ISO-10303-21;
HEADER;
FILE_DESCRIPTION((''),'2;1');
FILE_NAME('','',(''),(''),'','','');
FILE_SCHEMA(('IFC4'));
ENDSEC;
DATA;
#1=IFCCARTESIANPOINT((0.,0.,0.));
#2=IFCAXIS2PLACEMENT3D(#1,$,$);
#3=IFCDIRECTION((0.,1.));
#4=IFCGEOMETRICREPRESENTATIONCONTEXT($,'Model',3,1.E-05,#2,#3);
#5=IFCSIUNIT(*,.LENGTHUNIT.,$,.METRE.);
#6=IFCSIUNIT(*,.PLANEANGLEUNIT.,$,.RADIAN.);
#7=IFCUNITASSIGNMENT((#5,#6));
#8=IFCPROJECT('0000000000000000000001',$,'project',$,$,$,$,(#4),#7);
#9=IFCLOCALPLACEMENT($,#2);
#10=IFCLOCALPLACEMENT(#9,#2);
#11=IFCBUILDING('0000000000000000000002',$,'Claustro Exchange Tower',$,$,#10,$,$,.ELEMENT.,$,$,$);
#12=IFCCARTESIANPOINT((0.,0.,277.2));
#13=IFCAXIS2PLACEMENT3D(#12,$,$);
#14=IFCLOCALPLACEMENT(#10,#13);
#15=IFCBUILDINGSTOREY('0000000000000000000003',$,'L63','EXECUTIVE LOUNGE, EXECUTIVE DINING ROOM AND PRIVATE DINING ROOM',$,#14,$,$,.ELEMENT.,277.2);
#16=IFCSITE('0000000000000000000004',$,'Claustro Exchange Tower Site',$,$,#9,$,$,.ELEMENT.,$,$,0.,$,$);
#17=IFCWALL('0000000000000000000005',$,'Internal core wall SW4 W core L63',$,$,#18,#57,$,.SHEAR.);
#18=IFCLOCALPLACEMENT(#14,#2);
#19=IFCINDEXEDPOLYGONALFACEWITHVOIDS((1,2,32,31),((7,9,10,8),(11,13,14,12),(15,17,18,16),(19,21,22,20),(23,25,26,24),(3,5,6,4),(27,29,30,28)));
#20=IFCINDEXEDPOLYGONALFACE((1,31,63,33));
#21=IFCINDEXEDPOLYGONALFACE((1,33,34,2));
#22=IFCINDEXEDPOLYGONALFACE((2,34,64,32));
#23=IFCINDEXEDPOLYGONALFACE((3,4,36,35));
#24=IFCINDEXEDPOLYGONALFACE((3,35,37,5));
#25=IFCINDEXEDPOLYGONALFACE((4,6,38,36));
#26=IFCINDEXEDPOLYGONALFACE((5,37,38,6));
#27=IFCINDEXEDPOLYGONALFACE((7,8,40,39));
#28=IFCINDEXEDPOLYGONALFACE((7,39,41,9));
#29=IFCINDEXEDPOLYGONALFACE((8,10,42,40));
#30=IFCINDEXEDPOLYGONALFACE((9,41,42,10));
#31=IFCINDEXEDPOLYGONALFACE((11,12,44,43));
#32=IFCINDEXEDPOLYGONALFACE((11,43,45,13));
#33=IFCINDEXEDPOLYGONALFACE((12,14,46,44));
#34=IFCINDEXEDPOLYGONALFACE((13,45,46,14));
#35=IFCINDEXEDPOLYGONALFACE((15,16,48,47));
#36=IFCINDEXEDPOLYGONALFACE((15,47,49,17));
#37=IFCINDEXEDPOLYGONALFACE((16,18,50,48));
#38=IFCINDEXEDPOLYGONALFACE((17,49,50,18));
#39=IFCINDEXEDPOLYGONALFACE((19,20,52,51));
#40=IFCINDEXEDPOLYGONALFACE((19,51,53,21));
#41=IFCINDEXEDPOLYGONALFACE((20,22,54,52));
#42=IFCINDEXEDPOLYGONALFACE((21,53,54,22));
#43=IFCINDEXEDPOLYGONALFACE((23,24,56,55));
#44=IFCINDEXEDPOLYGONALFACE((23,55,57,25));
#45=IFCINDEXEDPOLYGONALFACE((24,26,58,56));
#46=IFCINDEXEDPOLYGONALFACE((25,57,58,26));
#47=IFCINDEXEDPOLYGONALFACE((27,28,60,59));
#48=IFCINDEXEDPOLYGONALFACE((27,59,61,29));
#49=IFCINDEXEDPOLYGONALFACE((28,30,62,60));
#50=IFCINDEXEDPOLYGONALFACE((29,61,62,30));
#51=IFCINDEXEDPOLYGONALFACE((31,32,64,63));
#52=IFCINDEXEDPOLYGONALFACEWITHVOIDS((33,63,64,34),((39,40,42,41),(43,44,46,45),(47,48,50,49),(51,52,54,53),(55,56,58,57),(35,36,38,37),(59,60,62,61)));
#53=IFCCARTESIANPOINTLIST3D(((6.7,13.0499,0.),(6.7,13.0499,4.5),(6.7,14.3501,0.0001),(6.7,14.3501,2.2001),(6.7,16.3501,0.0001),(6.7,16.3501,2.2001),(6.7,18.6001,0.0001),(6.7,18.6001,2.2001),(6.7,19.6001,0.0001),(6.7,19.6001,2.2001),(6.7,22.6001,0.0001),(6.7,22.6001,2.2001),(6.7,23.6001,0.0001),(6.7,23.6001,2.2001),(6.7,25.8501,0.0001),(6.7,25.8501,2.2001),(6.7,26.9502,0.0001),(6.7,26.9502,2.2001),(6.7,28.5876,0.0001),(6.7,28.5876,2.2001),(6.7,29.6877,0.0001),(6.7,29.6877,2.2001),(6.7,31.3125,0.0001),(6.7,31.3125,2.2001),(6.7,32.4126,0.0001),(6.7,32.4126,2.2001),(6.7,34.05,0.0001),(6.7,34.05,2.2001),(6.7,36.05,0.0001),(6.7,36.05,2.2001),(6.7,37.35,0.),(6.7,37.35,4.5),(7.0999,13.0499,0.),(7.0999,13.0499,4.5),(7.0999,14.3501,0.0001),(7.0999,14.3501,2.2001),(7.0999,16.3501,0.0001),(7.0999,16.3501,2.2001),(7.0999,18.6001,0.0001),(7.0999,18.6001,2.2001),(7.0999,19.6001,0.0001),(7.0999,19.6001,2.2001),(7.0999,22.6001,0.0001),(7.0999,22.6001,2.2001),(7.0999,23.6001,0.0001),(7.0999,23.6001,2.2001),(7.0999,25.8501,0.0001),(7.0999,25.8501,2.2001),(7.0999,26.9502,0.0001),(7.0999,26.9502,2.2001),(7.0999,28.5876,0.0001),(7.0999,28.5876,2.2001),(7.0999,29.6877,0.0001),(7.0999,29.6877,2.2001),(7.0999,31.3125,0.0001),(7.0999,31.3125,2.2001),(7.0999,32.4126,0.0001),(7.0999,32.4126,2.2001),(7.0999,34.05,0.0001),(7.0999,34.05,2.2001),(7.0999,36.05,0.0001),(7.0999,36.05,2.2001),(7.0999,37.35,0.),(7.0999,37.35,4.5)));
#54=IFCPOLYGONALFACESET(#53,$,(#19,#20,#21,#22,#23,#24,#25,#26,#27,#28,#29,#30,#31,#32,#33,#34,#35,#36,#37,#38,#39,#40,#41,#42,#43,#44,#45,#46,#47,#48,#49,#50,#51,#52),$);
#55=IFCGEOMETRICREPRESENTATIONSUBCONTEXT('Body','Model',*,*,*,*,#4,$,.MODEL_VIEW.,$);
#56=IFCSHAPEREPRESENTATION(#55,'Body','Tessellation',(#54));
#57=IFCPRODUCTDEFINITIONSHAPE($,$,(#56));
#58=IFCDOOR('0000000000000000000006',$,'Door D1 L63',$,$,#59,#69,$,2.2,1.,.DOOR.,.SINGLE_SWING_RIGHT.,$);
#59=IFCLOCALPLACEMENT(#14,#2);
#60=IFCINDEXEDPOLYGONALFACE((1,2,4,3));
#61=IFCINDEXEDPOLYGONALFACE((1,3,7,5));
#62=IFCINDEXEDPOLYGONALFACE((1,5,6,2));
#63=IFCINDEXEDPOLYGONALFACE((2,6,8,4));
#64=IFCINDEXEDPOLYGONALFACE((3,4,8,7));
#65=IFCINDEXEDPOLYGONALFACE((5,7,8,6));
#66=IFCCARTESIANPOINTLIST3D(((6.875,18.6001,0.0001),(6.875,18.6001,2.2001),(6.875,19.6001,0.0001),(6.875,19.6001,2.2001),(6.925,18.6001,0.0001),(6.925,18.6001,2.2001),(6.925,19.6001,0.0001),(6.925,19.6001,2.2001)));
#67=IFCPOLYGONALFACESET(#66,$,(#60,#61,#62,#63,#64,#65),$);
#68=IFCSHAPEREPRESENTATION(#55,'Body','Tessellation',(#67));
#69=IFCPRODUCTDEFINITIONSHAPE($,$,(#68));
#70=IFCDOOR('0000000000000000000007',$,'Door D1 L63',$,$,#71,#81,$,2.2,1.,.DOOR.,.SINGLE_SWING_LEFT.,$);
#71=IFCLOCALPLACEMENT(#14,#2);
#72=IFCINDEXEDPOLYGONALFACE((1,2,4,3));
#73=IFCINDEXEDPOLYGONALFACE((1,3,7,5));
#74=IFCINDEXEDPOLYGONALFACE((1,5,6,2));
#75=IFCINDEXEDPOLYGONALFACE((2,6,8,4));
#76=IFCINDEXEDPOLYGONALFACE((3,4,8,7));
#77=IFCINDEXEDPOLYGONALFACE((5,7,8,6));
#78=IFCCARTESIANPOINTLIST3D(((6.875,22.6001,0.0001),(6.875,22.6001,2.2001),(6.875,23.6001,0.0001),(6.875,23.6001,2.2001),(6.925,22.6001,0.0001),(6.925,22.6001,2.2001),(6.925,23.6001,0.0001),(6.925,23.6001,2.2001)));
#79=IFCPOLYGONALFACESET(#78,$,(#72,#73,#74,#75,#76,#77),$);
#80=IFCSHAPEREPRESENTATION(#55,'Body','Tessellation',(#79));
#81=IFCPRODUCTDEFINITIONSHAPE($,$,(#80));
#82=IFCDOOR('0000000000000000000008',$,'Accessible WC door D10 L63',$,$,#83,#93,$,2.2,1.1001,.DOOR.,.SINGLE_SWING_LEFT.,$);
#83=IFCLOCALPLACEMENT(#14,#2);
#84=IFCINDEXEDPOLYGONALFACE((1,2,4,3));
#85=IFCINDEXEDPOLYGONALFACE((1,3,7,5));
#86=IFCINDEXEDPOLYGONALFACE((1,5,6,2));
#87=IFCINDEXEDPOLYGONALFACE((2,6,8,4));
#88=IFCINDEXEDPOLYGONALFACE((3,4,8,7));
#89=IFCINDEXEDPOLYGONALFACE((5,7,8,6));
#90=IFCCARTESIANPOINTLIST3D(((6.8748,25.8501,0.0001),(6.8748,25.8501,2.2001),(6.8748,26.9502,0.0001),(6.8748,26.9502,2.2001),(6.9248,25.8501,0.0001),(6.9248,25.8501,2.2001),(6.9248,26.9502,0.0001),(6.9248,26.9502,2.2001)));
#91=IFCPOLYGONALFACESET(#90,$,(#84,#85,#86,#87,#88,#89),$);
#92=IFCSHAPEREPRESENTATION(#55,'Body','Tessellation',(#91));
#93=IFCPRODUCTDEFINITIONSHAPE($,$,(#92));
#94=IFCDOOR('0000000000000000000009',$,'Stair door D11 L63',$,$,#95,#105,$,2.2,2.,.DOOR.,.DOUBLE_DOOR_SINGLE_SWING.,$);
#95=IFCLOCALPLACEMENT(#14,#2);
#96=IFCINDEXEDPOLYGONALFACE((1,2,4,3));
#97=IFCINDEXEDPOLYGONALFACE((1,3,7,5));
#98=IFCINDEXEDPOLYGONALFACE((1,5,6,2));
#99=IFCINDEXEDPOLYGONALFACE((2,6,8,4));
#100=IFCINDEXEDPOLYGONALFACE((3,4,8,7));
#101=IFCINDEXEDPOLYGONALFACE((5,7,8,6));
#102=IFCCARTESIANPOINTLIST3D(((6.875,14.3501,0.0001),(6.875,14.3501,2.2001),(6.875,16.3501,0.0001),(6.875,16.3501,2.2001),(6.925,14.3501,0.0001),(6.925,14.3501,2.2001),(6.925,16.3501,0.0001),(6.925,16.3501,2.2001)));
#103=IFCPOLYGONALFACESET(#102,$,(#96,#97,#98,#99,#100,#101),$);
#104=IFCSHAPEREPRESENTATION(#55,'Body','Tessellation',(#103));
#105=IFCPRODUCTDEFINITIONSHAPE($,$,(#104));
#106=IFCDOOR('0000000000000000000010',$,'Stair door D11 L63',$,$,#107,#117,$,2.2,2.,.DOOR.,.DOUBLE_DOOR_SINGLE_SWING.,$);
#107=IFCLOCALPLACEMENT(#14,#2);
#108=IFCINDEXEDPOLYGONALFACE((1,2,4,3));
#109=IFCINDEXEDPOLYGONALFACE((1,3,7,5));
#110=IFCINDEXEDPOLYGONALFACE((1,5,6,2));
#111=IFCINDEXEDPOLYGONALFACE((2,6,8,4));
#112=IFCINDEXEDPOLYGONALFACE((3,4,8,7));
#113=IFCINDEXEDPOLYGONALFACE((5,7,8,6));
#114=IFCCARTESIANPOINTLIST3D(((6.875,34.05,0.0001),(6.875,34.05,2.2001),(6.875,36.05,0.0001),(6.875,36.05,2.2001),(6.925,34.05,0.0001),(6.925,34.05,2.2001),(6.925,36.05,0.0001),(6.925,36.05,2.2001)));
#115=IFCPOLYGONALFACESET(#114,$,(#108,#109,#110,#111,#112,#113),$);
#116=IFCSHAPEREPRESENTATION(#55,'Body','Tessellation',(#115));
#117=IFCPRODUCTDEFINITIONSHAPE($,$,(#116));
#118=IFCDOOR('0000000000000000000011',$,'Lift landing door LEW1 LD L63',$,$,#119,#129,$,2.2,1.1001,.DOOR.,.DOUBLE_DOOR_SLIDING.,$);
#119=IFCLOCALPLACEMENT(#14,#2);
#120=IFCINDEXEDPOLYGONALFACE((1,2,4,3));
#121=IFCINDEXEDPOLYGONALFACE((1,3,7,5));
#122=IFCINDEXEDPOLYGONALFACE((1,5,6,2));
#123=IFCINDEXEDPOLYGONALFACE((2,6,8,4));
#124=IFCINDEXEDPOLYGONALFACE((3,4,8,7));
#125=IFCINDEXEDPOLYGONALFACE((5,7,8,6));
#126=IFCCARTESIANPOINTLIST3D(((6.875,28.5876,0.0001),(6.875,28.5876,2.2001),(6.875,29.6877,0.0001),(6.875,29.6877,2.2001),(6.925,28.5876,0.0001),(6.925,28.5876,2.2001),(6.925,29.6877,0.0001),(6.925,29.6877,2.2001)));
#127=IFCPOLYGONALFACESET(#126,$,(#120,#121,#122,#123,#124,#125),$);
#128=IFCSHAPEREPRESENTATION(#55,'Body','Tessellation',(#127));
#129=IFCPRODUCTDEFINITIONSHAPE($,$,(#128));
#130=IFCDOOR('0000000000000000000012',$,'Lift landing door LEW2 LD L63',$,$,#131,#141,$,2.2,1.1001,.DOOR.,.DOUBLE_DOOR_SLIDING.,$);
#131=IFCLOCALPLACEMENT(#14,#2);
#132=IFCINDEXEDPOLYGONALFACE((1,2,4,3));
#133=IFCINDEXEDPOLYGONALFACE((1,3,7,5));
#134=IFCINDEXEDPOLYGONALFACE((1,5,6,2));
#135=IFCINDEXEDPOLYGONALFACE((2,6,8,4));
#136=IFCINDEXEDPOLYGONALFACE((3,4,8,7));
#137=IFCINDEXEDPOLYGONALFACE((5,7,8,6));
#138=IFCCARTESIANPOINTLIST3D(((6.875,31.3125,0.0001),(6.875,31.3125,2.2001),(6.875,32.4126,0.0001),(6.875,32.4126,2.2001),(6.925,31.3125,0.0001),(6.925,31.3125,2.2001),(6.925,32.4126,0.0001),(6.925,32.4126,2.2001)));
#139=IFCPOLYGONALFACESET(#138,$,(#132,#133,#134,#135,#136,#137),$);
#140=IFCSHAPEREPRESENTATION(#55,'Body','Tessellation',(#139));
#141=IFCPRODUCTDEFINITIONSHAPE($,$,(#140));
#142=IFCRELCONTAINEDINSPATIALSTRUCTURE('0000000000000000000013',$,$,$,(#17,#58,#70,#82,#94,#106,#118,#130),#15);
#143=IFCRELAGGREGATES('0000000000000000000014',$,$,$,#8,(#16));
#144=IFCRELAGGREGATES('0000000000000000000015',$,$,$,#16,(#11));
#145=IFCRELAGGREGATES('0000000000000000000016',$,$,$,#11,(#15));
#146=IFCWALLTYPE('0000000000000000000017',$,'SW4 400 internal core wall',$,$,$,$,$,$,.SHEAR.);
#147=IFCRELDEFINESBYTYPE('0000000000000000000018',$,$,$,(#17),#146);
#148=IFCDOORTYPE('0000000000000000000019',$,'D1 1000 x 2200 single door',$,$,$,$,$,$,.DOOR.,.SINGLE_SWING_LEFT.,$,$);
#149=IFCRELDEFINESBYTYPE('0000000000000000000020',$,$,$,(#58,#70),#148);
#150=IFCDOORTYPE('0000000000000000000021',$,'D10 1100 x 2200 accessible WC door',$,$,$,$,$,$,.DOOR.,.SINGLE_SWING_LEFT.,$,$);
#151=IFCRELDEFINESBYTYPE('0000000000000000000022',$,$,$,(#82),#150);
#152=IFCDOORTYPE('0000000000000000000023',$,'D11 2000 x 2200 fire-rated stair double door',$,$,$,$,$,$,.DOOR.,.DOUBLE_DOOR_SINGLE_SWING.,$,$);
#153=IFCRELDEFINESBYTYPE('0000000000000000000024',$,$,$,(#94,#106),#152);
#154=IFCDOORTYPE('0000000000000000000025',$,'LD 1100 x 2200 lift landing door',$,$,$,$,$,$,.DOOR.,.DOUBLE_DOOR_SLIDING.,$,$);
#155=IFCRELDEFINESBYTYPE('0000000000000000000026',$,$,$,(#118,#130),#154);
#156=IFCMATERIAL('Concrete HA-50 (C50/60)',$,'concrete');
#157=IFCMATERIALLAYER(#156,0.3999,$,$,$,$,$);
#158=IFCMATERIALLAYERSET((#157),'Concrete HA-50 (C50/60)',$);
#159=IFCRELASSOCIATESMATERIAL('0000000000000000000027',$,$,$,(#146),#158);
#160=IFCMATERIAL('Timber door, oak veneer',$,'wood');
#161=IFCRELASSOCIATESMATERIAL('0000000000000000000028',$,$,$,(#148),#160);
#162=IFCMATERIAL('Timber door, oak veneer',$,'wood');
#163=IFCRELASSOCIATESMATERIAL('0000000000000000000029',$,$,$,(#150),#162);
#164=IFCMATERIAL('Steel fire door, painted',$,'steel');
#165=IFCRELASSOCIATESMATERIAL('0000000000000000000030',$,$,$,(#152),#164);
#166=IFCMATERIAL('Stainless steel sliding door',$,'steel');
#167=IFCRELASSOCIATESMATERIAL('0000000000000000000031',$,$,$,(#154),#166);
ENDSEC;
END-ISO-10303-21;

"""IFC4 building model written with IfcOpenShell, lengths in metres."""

from ifc_helpers import new_model, si_unit, direction, frame, frame_2d, origin, place, context, subcontext, project, spatial, rectangle, extrude, material, layer, layer_set, type_object, element, fill, save


model = new_model("IFC4")

# Units and contexts
model_context = context("Model", 3, precision=1e-05, world=origin(), true_north=direction((0.0, 1.0)))
body_context = subcontext(model_context, "Body", "Model", "MODEL_VIEW")
ifc_project = project(units=[si_unit("LENGTHUNIT", "METRE"), si_unit("PLANEANGLEUNIT", "RADIAN")], contexts=[model_context])

# Site, building, storey
site_placement = place(None, origin())
site = spatial("IfcSite", under=ifc_project, at=site_placement, Name="Claustro Exchange Tower Site", CompositionType="ELEMENT", RefElevation=0.0)
building_placement = place(site_placement, origin())
building = spatial("IfcBuilding", under=site, at=building_placement, Name="Claustro Exchange Tower", CompositionType="ELEMENT")
storey_placement = place(building_placement, frame((0.0, 0.0, 277.2)))
storey = spatial("IfcBuildingStorey", under=building, at=storey_placement, Name="L63", Description="EXECUTIVE LOUNGE, EXECUTIVE DINING ROOM AND PRIVATE DINING ROOM", CompositionType="ELEMENT", Elevation=277.2)

# Wall, openings, doors
ifc_material_1 = material(Name="Concrete HA-50 (C50/60)", Category="concrete")
ifc_layer_1 = layer(ifc_material_1, 0.3999)
ifc_layer_set_1 = layer_set([ifc_layer_1], Name="Concrete HA-50 (C50/60)")
wall_type_1 = type_object("IfcWallType", Name="SW4 400 internal core wall", PredefinedType="SHEAR", material=ifc_layer_set_1)
wall_1_placement = place(storey_placement, frame((6.8999, 13.05, 0.0), z_axis=(0.0, 0.0, 1.0), x_axis=(0.0, 1.0, 0.0)))
wall_1 = element("IfcWall", 1, at=wall_1_placement, inside=storey, type_object=wall_type_1, Name="Internal core wall SW4 W core L63", PredefinedType="SHEAR", context=body_context, shape_type="SweptSolid", body=[
    extrude(rectangle(XDim=24.3, YDim=0.3999, at=frame_2d((12.1499, 0.0))), origin(), (0.0, 0.0, 1.0), 4.5),
])
opening_1_placement = place(wall_1_placement, frame((1.3, 0.0, 0.0)))
opening_1 = element("IfcOpeningElement", 2, at=opening_1_placement, cuts=wall_1, PredefinedType="OPENING", context=body_context, shape_type="SweptSolid", body=[
    extrude(rectangle(XDim=2.0, YDim=2.2, at=frame_2d((1.0, 1.1001))), frame((0.0, 0.21, 0.0), z_axis=(0.0, -1.0, 0.0), x_axis=(1.0, 0.0, 0.0)), (0.0, 0.0, 1.0), 0.4199),
])
opening_2_placement = place(wall_1_placement, frame((21.0, 0.0, 0.0)))
opening_2 = element("IfcOpeningElement", 3, at=opening_2_placement, cuts=wall_1, PredefinedType="OPENING", context=body_context, shape_type="SweptSolid", body=[
    extrude(rectangle(XDim=2.0, YDim=2.2, at=frame_2d((1.0, 1.1001))), frame((0.0, 0.21, 0.0), z_axis=(0.0, -1.0, 0.0), x_axis=(1.0, 0.0, 0.0)), (0.0, 0.0, 1.0), 0.4199),
])
opening_3_placement = place(wall_1_placement, frame((5.55, 0.0, 0.0)))
opening_3 = element("IfcOpeningElement", 4, at=opening_3_placement, cuts=wall_1, PredefinedType="OPENING", context=body_context, shape_type="SweptSolid", body=[
    extrude(rectangle(XDim=1.0, YDim=2.2, at=frame_2d((0.5, 1.1001))), frame((0.0, 0.21, 0.0), z_axis=(0.0, -1.0, 0.0), x_axis=(1.0, 0.0, 0.0)), (0.0, 0.0, 1.0), 0.4199),
])
opening_4_placement = place(wall_1_placement, frame((9.55, 0.0, 0.0)))
opening_4 = element("IfcOpeningElement", 5, at=opening_4_placement, cuts=wall_1, PredefinedType="OPENING", context=body_context, shape_type="SweptSolid", body=[
    extrude(rectangle(XDim=1.0, YDim=2.2, at=frame_2d((0.5, 1.1001))), frame((0.0, 0.21, 0.0), z_axis=(0.0, -1.0, 0.0), x_axis=(1.0, 0.0, 0.0)), (0.0, 0.0, 1.0), 0.4199),
])
opening_5_placement = place(wall_1_placement, frame((12.8, 0.0, 0.0)))
opening_5 = element("IfcOpeningElement", 6, at=opening_5_placement, cuts=wall_1, PredefinedType="OPENING", context=body_context, shape_type="SweptSolid", body=[
    extrude(rectangle(XDim=1.1001, YDim=2.2, at=frame_2d((0.55, 1.1001))), frame((0.0, 0.21, 0.0), z_axis=(0.0, -1.0, 0.0), x_axis=(1.0, 0.0, 0.0)), (0.0, 0.0, 1.0), 0.4199),
])
opening_6_placement = place(wall_1_placement, frame((15.5376, 0.0, 0.0)))
opening_6 = element("IfcOpeningElement", 7, at=opening_6_placement, cuts=wall_1, PredefinedType="OPENING", context=body_context, shape_type="SweptSolid", body=[
    extrude(rectangle(XDim=1.1001, YDim=2.2, at=frame_2d((0.55, 1.1001))), frame((0.0, 0.21, 0.0), z_axis=(0.0, -1.0, 0.0), x_axis=(1.0, 0.0, 0.0)), (0.0, 0.0, 1.0), 0.4199),
])
opening_7_placement = place(wall_1_placement, frame((18.2625, 0.0, 0.0)))
opening_7 = element("IfcOpeningElement", 8, at=opening_7_placement, cuts=wall_1, PredefinedType="OPENING", context=body_context, shape_type="SweptSolid", body=[
    extrude(rectangle(XDim=1.1001, YDim=2.2, at=frame_2d((0.55, 1.1001))), frame((0.0, 0.21, 0.0), z_axis=(0.0, -1.0, 0.0), x_axis=(1.0, 0.0, 0.0)), (0.0, 0.0, 1.0), 0.4199),
])
ifc_material_2 = material(Name="Timber door, oak veneer", Category="wood")
door_type_1 = type_object("IfcDoorType", Name="D1 1000 x 2200 single door", OperationType="SINGLE_SWING_LEFT", PredefinedType="DOOR", material=ifc_material_2)
door_1_placement = place(opening_3_placement, origin())
door_1 = element("IfcDoor", 9, at=door_1_placement, inside=storey, type_object=door_type_1, Name="Door D1 L63", OperationType="SINGLE_SWING_RIGHT", OverallHeight=2.2, OverallWidth=1.0, PredefinedType="DOOR", context=body_context, shape_type="SweptSolid", body=[
    extrude(rectangle(XDim=1.0, YDim=2.2, at=frame_2d((0.5, 1.1001))), frame((0.0, 0.0249, 0.0), z_axis=(0.0, -1.0, 0.0), x_axis=(1.0, 0.0, 0.0)), (0.0, 0.0, 1.0), 0.05),
])
fill(opening_3, door_1)
door_2_placement = place(opening_4_placement, origin())
door_2 = element("IfcDoor", 10, at=door_2_placement, inside=storey, type_object=door_type_1, Name="Door D1 L63", OperationType="SINGLE_SWING_LEFT", OverallHeight=2.2, OverallWidth=1.0, PredefinedType="DOOR", context=body_context, shape_type="SweptSolid", body=[
    extrude(rectangle(XDim=1.0, YDim=2.2, at=frame_2d((0.5, 1.1001))), frame((0.0, 0.0249, 0.0), z_axis=(0.0, -1.0, 0.0), x_axis=(1.0, 0.0, 0.0)), (0.0, 0.0, 1.0), 0.05),
])
fill(opening_4, door_2)
ifc_material_3 = material(Name="Timber door, oak veneer", Category="wood")
door_type_2 = type_object("IfcDoorType", Name="D10 1100 x 2200 accessible WC door", OperationType="SINGLE_SWING_LEFT", PredefinedType="DOOR", material=ifc_material_3)
door_3_placement = place(opening_5_placement, frame((1.1001, 0.0, 0.0), z_axis=(0.0, 0.0, 1.0), x_axis=(-1.0, 0.0, 0.0)))
door_3 = element("IfcDoor", 11, at=door_3_placement, inside=storey, type_object=door_type_2, Name="Accessible WC door D10 L63", OperationType="SINGLE_SWING_LEFT", OverallHeight=2.2, OverallWidth=1.1001, PredefinedType="DOOR", context=body_context, shape_type="SweptSolid", body=[
    extrude(rectangle(XDim=1.1001, YDim=2.2, at=frame_2d((0.55, 1.1001))), frame((0.0, 0.0249, 0.0), z_axis=(0.0, -1.0, 0.0), x_axis=(1.0, 0.0, 0.0)), (0.0, 0.0, 1.0), 0.05),
])
fill(opening_5, door_3)
ifc_material_4 = material(Name="Steel fire door, painted", Category="steel")
door_type_3 = type_object("IfcDoorType", Name="D11 2000 x 2200 fire-rated stair double door", OperationType="DOUBLE_DOOR_SINGLE_SWING", PredefinedType="DOOR", material=ifc_material_4)
door_4_placement = place(opening_1_placement, origin())
door_4 = element("IfcDoor", 12, at=door_4_placement, inside=storey, type_object=door_type_3, Name="Stair door D11 L63", OperationType="DOUBLE_DOOR_SINGLE_SWING", OverallHeight=2.2, OverallWidth=2.0, PredefinedType="DOOR", context=body_context, shape_type="SweptSolid", body=[
    extrude(rectangle(XDim=2.0, YDim=2.2, at=frame_2d((1.0, 1.1001))), frame((0.0, 0.0249, 0.0), z_axis=(0.0, -1.0, 0.0), x_axis=(1.0, 0.0, 0.0)), (0.0, 0.0, 1.0), 0.05),
])
fill(opening_1, door_4)
door_5_placement = place(opening_2_placement, origin())
door_5 = element("IfcDoor", 13, at=door_5_placement, inside=storey, type_object=door_type_3, Name="Stair door D11 L63", OperationType="DOUBLE_DOOR_SINGLE_SWING", OverallHeight=2.2, OverallWidth=2.0, PredefinedType="DOOR", context=body_context, shape_type="SweptSolid", body=[
    extrude(rectangle(XDim=2.0, YDim=2.2, at=frame_2d((1.0, 1.1001))), frame((0.0, 0.0249, 0.0), z_axis=(0.0, -1.0, 0.0), x_axis=(1.0, 0.0, 0.0)), (0.0, 0.0, 1.0), 0.05),
])
fill(opening_2, door_5)
ifc_material_5 = material(Name="Stainless steel sliding door", Category="steel")
door_type_4 = type_object("IfcDoorType", Name="LD 1100 x 2200 lift landing door", OperationType="DOUBLE_DOOR_SLIDING", PredefinedType="DOOR", material=ifc_material_5)
door_6_placement = place(opening_6_placement, origin())
door_6 = element("IfcDoor", 14, at=door_6_placement, inside=storey, type_object=door_type_4, Name="Lift landing door LEW1 LD L63", OperationType="DOUBLE_DOOR_SLIDING", OverallHeight=2.2, OverallWidth=1.1001, PredefinedType="DOOR", context=body_context, shape_type="SweptSolid", body=[
    extrude(rectangle(XDim=1.1001, YDim=2.2, at=frame_2d((0.55, 1.1001))), frame((0.0, 0.0249, 0.0), z_axis=(0.0, -1.0, 0.0), x_axis=(1.0, 0.0, 0.0)), (0.0, 0.0, 1.0), 0.05),
])
fill(opening_6, door_6)
door_7_placement = place(opening_7_placement, origin())
door_7 = element("IfcDoor", 15, at=door_7_placement, inside=storey, type_object=door_type_4, Name="Lift landing door LEW2 LD L63", OperationType="DOUBLE_DOOR_SLIDING", OverallHeight=2.2, OverallWidth=1.1001, PredefinedType="DOOR", context=body_context, shape_type="SweptSolid", body=[
    extrude(rectangle(XDim=1.1001, YDim=2.2, at=frame_2d((0.55, 1.1001))), frame((0.0, 0.0249, 0.0), z_axis=(0.0, -1.0, 0.0), x_axis=(1.0, 0.0, 0.0)), (0.0, 0.0, 1.0), 0.05),
])
fill(opening_7, door_7)

save(model, "model.ifc")
